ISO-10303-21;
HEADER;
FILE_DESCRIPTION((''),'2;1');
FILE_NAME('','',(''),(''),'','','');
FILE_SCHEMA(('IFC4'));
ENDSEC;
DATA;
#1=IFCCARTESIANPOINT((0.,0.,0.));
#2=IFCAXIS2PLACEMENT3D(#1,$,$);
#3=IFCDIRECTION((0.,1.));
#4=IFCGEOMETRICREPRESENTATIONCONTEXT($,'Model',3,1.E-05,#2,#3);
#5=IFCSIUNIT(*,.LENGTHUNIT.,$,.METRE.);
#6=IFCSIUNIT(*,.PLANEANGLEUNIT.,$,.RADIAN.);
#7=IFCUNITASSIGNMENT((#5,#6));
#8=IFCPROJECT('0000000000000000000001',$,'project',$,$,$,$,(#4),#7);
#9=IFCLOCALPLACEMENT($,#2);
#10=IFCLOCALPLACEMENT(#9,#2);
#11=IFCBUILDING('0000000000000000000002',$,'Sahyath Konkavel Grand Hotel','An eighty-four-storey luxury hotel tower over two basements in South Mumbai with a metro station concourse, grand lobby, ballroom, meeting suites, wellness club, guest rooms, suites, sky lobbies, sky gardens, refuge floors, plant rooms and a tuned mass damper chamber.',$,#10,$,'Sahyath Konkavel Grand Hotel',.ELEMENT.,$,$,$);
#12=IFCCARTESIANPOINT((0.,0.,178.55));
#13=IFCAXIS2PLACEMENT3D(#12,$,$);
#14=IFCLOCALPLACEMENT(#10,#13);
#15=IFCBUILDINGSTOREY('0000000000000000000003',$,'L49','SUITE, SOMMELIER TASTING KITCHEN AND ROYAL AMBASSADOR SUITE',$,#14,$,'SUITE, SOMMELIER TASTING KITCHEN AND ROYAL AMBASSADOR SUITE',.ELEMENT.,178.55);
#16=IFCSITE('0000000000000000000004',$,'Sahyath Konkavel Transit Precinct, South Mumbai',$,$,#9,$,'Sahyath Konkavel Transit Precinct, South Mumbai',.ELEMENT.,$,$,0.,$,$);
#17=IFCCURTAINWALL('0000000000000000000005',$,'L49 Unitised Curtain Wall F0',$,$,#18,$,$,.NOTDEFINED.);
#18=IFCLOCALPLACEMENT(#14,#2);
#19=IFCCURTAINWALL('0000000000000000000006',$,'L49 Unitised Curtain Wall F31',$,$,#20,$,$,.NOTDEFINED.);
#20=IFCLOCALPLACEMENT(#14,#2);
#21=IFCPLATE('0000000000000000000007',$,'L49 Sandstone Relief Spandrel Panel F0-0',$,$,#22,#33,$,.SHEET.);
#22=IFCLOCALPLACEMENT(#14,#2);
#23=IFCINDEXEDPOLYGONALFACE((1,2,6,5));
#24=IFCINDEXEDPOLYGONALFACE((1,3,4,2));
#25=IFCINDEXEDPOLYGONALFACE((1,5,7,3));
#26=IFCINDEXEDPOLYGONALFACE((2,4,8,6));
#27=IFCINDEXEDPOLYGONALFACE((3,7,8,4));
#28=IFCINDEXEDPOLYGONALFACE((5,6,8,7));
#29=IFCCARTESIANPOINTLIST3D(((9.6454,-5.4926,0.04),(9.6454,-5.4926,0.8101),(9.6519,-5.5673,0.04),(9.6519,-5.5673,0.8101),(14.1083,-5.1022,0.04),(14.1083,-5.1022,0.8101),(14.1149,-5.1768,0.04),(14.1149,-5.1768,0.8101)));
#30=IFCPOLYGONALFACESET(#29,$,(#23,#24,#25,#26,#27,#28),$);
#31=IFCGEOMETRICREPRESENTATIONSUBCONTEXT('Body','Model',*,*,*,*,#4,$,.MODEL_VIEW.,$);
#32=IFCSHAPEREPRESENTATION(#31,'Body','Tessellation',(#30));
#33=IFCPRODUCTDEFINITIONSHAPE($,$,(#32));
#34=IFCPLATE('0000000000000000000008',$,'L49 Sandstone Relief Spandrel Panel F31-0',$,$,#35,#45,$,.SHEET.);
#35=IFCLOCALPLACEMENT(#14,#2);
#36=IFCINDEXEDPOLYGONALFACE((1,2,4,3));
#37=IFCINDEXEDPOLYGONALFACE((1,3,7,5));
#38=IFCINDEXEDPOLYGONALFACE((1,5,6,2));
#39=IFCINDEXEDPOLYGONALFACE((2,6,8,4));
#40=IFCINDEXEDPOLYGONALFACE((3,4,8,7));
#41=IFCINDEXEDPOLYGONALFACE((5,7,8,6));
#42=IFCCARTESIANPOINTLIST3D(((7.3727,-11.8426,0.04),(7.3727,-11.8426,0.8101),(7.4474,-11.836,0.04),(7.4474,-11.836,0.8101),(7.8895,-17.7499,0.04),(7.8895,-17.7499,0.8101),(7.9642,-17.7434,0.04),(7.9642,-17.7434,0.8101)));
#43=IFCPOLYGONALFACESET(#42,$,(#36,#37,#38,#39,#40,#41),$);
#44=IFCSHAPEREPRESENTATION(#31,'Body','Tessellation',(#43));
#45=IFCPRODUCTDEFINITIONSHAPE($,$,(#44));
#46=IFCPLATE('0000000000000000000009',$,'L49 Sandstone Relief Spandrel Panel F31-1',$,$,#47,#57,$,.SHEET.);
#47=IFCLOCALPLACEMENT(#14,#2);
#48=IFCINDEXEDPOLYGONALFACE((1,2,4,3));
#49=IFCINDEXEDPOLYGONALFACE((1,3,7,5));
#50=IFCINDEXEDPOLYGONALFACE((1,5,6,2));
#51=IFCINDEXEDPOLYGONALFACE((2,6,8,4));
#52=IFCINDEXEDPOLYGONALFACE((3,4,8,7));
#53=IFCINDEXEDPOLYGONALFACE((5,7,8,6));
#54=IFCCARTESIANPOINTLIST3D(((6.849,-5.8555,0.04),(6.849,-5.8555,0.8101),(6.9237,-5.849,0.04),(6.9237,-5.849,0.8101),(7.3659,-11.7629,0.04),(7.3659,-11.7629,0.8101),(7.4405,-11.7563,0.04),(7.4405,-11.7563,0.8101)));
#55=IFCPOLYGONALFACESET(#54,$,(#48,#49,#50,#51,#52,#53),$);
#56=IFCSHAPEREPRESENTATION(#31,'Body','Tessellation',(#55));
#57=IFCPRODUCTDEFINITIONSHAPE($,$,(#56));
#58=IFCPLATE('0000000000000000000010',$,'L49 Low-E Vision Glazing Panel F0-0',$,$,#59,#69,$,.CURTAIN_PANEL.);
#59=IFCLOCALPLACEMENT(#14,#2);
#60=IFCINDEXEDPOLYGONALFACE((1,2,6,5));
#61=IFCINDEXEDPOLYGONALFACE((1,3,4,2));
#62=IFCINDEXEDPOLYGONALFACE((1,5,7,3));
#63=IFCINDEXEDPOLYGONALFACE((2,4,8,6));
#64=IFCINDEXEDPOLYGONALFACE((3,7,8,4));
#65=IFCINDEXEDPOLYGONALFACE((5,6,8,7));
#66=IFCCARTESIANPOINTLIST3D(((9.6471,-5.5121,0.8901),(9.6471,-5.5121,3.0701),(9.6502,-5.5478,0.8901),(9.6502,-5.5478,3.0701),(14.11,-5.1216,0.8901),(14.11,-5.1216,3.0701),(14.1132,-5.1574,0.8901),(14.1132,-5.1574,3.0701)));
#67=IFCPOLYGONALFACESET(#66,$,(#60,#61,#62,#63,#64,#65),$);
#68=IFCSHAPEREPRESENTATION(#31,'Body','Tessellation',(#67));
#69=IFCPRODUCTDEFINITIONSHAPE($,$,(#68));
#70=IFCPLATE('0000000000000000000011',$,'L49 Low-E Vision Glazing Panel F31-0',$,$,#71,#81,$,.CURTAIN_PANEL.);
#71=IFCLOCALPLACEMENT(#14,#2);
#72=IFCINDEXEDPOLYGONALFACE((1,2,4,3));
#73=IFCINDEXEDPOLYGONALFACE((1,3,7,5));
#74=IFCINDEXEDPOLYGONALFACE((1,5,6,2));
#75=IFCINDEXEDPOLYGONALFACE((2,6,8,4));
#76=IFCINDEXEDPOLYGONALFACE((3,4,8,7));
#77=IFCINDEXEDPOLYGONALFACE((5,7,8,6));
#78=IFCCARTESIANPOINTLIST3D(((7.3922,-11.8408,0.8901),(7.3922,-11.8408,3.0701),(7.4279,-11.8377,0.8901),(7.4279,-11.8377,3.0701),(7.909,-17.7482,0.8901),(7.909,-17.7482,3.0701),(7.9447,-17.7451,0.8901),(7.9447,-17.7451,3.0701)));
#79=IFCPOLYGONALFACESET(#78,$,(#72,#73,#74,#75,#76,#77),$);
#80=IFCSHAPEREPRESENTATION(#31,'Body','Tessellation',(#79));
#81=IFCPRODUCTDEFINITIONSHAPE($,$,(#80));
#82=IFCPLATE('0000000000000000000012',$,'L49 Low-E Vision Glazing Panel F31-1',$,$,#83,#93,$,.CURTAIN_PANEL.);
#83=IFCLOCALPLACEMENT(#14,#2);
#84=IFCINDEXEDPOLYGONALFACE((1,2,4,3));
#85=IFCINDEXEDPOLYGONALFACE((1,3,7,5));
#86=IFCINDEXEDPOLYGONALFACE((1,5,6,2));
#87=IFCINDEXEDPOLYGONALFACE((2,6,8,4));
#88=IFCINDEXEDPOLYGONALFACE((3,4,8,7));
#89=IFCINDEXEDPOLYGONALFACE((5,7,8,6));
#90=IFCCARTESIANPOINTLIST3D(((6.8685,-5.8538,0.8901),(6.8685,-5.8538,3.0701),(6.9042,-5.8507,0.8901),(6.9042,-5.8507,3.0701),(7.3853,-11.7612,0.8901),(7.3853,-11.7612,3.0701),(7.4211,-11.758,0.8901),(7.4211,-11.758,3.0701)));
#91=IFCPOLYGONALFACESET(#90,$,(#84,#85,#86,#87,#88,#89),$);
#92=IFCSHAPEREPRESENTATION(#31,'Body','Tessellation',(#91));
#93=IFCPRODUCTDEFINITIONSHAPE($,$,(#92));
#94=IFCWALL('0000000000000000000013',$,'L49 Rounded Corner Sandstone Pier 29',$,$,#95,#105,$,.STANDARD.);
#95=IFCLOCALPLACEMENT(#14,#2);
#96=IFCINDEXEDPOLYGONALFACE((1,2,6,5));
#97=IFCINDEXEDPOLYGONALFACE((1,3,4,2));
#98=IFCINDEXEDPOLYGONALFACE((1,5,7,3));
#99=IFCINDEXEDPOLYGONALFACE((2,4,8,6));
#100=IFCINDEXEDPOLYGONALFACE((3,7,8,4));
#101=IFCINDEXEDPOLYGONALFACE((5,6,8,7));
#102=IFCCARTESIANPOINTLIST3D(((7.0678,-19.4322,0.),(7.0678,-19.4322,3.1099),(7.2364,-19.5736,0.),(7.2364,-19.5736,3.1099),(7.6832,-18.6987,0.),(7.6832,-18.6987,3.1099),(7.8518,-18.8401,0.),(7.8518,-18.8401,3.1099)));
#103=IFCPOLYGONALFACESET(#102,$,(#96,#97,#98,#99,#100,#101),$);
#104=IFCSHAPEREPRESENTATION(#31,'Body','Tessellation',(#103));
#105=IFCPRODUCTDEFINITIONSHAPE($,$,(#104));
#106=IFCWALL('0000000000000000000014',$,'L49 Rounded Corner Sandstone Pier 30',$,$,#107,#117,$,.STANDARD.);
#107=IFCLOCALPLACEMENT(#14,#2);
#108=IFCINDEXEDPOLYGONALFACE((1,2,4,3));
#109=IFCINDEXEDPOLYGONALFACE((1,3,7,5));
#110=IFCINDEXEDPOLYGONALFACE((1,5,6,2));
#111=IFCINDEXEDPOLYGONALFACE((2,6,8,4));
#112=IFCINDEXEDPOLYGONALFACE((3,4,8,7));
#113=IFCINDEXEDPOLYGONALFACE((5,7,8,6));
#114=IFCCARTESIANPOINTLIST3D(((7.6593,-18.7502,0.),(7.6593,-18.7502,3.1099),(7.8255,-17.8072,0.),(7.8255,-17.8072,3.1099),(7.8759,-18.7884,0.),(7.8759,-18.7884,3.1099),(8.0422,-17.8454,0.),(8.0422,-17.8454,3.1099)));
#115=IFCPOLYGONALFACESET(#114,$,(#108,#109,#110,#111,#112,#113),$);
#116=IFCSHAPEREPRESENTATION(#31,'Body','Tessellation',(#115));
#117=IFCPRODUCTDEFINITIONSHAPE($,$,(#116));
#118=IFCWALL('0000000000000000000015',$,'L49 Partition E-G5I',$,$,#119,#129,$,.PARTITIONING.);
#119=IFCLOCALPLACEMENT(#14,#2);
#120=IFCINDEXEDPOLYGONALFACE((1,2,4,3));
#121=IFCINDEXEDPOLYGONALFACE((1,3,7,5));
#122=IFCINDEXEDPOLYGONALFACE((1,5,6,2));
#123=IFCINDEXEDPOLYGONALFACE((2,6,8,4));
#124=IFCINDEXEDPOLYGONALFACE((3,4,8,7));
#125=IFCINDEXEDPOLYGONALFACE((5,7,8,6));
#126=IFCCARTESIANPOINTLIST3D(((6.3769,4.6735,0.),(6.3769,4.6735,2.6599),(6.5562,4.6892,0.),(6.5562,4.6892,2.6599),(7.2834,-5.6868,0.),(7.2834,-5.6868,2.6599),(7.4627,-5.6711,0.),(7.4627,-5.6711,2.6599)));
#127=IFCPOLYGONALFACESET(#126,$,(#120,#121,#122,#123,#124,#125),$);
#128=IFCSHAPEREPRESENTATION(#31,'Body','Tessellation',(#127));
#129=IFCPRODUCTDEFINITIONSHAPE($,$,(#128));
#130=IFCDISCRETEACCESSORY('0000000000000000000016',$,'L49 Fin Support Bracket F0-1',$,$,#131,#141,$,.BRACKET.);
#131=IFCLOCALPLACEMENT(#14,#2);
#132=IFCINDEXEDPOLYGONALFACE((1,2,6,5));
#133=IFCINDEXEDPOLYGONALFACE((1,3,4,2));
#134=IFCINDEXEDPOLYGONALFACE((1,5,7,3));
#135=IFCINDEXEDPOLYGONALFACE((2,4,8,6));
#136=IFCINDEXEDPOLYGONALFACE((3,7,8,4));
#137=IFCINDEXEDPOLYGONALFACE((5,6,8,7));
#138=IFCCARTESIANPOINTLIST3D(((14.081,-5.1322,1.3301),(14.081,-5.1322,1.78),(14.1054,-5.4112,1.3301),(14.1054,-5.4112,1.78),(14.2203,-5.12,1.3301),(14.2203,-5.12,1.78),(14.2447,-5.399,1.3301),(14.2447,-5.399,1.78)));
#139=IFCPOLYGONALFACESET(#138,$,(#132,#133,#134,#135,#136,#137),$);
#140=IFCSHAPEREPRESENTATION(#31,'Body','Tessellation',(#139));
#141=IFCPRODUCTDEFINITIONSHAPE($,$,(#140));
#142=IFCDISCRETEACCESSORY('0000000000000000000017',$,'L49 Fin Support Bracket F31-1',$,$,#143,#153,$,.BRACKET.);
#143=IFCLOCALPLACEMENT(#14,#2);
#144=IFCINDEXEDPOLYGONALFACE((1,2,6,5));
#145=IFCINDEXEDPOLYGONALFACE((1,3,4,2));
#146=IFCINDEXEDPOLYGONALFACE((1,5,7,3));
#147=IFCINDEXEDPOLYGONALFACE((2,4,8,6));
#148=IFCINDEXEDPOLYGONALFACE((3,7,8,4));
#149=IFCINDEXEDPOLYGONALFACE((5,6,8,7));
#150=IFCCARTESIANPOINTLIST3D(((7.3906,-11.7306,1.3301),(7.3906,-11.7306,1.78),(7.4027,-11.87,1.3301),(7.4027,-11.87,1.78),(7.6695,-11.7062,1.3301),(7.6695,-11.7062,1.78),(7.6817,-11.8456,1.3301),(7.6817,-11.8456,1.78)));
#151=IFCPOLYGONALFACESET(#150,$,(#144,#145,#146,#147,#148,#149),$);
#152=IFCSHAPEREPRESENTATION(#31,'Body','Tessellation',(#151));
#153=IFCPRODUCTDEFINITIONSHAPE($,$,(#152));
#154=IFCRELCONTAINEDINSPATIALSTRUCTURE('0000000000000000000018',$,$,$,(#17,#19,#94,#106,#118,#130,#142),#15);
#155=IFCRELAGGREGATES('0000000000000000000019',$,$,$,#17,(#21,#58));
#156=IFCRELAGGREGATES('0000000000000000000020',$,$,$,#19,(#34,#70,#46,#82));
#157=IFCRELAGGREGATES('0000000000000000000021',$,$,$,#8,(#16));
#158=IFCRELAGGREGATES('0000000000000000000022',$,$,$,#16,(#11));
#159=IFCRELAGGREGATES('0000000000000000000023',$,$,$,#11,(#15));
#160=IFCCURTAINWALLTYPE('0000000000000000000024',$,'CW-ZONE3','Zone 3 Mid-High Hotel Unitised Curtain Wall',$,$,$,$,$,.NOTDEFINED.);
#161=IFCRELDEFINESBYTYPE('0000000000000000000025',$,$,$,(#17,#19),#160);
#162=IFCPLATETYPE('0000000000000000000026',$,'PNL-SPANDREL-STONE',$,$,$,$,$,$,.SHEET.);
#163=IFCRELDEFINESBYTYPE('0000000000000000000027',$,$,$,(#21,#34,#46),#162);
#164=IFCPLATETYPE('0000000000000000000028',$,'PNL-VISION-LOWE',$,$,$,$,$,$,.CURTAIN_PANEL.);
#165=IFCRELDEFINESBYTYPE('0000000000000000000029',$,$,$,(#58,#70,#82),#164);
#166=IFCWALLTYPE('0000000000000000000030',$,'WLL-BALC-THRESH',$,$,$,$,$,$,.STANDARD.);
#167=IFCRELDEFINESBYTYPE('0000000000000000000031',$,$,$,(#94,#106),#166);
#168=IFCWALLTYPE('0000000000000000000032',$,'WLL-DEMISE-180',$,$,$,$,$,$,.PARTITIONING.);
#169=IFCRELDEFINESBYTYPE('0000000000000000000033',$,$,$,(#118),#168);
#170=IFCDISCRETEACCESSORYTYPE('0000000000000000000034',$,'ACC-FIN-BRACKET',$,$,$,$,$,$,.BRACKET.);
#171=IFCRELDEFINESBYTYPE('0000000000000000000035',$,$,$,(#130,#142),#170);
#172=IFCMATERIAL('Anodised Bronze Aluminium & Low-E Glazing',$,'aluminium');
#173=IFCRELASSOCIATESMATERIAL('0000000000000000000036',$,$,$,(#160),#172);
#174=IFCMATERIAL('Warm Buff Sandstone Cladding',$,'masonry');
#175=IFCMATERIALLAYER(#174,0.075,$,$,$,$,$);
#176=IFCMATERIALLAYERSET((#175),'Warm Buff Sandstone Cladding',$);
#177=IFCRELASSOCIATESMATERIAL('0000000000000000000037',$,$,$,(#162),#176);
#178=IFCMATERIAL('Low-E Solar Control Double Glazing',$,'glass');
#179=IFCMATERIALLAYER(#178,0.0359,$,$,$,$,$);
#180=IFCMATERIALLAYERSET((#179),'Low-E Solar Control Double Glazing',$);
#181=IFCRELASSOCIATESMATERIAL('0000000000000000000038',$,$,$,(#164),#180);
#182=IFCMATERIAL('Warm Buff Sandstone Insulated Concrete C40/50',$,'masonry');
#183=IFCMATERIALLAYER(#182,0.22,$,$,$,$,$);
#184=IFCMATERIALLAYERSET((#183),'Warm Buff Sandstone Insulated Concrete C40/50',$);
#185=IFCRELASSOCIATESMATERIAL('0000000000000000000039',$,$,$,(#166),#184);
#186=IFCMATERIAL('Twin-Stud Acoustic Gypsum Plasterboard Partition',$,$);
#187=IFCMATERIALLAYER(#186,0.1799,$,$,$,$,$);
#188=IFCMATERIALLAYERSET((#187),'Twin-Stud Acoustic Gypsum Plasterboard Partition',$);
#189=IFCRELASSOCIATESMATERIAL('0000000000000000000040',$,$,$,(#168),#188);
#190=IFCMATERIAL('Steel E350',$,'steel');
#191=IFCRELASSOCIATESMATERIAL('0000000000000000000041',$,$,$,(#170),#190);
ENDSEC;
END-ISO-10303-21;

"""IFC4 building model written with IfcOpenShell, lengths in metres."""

from ifc_helpers import new_model, si_unit, direction, frame, frame_2d, origin, origin_2d, place, context, subcontext, project, spatial, rectangle, extrude, source, transform, mapped, material, layer, layer_set, type_object, element, aggregate, save


model = new_model("IFC4")

# Units and contexts
model_context = context("Model", 3, precision=1e-05, world=origin(), true_north=direction((0.0, 1.0)))
body_context = subcontext(model_context, "Body", "Model", "MODEL_VIEW")
ifc_project = project(units=[si_unit("LENGTHUNIT", "METRE"), si_unit("PLANEANGLEUNIT", "RADIAN")], contexts=[model_context])

# Site, building, storey
site_placement = place(None, origin())
site = spatial("IfcSite", under=ifc_project, at=site_placement, Name="Sahyath Konkavel Transit Precinct, South Mumbai", LongName="Sahyath Konkavel Transit Precinct, South Mumbai", CompositionType="ELEMENT", RefElevation=0.0)
building_placement = place(site_placement, origin())
building = spatial("IfcBuilding", under=site, at=building_placement, Name="Sahyath Konkavel Grand Hotel", Description="An eighty-four-storey luxury hotel tower over two basements in South Mumbai with a metro station concourse, grand lobby, ballroom, meeting suites, wellness club, guest rooms, suites, sky lobbies, sky gardens, refuge floors, plant rooms and a tuned mass damper chamber.", LongName="Sahyath Konkavel Grand Hotel", CompositionType="ELEMENT")
storey_placement = place(building_placement, frame((0.0, 0.0, 178.55)))
storey = spatial("IfcBuildingStorey", under=building, at=storey_placement, Name="L49", Description="SUITE, SOMMELIER TASTING KITCHEN AND ROYAL AMBASSADOR SUITE", LongName="SUITE, SOMMELIER TASTING KITCHEN AND ROYAL AMBASSADOR SUITE", CompositionType="ELEMENT", Elevation=178.55)

# Curtain wall
ifc_material_1 = material(Name="Anodised Bronze Aluminium & Low-E Glazing", Category="aluminium")
curtain_wall_type = type_object("IfcCurtainWallType", Name="CW-ZONE3", Description="Zone 3 Mid-High Hotel Unitised Curtain Wall", PredefinedType="NOTDEFINED", material=ifc_material_1)
curtain_wall_1_placement = place(storey_placement, origin())
curtain_wall_1 = element("IfcCurtainWall", 1, at=curtain_wall_1_placement, inside=storey, type_object=curtain_wall_type, Name="L49 Unitised Curtain Wall F0", PredefinedType="NOTDEFINED")

# Curtain wall
curtain_wall_2_placement = place(storey_placement, origin())
curtain_wall_2 = element("IfcCurtainWall", 2, at=curtain_wall_2_placement, inside=storey, type_object=curtain_wall_type, Name="L49 Unitised Curtain Wall F31", PredefinedType="NOTDEFINED")

# Plates
ifc_material_2 = material(Name="Warm Buff Sandstone Cladding", Category="masonry")
ifc_layer_1 = layer(ifc_material_2, 0.075)
ifc_layer_set_1 = layer_set([ifc_layer_1], Name="Warm Buff Sandstone Cladding")
plate_type_1 = type_object("IfcPlateType", Name="PNL-SPANDREL-STONE", PredefinedType="SHEET", material=ifc_layer_set_1)
shared_shape_1 = source(origin(), body_context, "Body", "SweptSolid", [
    extrude(rectangle(XDim=4.48, YDim=0.075, at=origin_2d()), origin(), (0.0, 0.0, 1.0), 0.77),
])
plate_1_placement = place(storey_placement, frame((11.8801, -5.3347, 0.04), z_axis=(0.0, 0.0, 1.0), x_axis=(0.996195, 0.087156, 0.0)))
plate_1 = element("IfcPlate", 3, at=plate_1_placement, type_object=plate_type_1, Name="L49 Sandstone Relief Spandrel Panel F0-0", PredefinedType="SHEET", context=body_context, shape_type="MappedRepresentation", body=[
    mapped(shared_shape_1, transform((0.0, 0.0, 0.0), scale=1.0)),
])
shared_shape_2 = source(origin(), body_context, "Body", "SweptSolid", [
    extrude(rectangle(XDim=5.9299, YDim=0.075, at=origin_2d()), origin(), (0.0, 0.0, 1.0), 0.77),
])
plate_2_placement = place(storey_placement, frame((7.6685, -14.793, 0.04), z_axis=(0.0, 0.0, 1.0), x_axis=(-0.087156, 0.996195, 0.0)))
plate_2 = element("IfcPlate", 4, at=plate_2_placement, type_object=plate_type_1, Name="L49 Sandstone Relief Spandrel Panel F31-0", PredefinedType="SHEET", context=body_context, shape_type="MappedRepresentation", body=[
    mapped(shared_shape_2, transform((0.0, 0.0, 0.0), scale=1.0)),
])
plate_3_placement = place(storey_placement, frame((7.1448, -8.8059, 0.04), z_axis=(0.0, 0.0, 1.0), x_axis=(-0.087156, 0.996195, 0.0)))
plate_3 = element("IfcPlate", 5, at=plate_3_placement, type_object=plate_type_1, Name="L49 Sandstone Relief Spandrel Panel F31-1", PredefinedType="SHEET", context=body_context, shape_type="MappedRepresentation", body=[
    mapped(shared_shape_2, transform((0.0, 0.0, 0.0), scale=1.0)),
])
ifc_material_3 = material(Name="Low-E Solar Control Double Glazing", Category="glass")
ifc_layer_2 = layer(ifc_material_3, 0.0359)
ifc_layer_set_2 = layer_set([ifc_layer_2], Name="Low-E Solar Control Double Glazing")
plate_type_2 = type_object("IfcPlateType", Name="PNL-VISION-LOWE", PredefinedType="CURTAIN_PANEL", material=ifc_layer_set_2)
shared_shape_3 = source(origin(), body_context, "Body", "SweptSolid", [
    extrude(rectangle(XDim=4.48, YDim=0.0359, at=origin_2d()), origin(), (0.0, 0.0, 1.0), 2.1799),
])
plate_4_placement = place(storey_placement, frame((11.8801, -5.3347, 0.8901), z_axis=(0.0, 0.0, 1.0), x_axis=(0.996195, 0.087156, 0.0)))
plate_4 = element("IfcPlate", 6, at=plate_4_placement, type_object=plate_type_2, Name="L49 Low-E Vision Glazing Panel F0-0", PredefinedType="CURTAIN_PANEL", context=body_context, shape_type="MappedRepresentation", body=[
    mapped(shared_shape_3, transform((0.0, 0.0, 0.0), scale=1.0)),
])
aggregate(curtain_wall_1, [plate_1, plate_4])
shared_shape_4 = source(origin(), body_context, "Body", "SweptSolid", [
    extrude(rectangle(XDim=5.9299, YDim=0.0359, at=origin_2d()), origin(), (0.0, 0.0, 1.0), 2.1799),
])
plate_5_placement = place(storey_placement, frame((7.6685, -14.793, 0.8901), z_axis=(0.0, 0.0, 1.0), x_axis=(-0.087156, 0.996195, 0.0)))
plate_5 = element("IfcPlate", 7, at=plate_5_placement, type_object=plate_type_2, Name="L49 Low-E Vision Glazing Panel F31-0", PredefinedType="CURTAIN_PANEL", context=body_context, shape_type="MappedRepresentation", body=[
    mapped(shared_shape_4, transform((0.0, 0.0, 0.0), scale=1.0)),
])
plate_6_placement = place(storey_placement, frame((7.1448, -8.8059, 0.8901), z_axis=(0.0, 0.0, 1.0), x_axis=(-0.087156, 0.996195, 0.0)))
plate_6 = element("IfcPlate", 8, at=plate_6_placement, type_object=plate_type_2, Name="L49 Low-E Vision Glazing Panel F31-1", PredefinedType="CURTAIN_PANEL", context=body_context, shape_type="MappedRepresentation", body=[
    mapped(shared_shape_4, transform((0.0, 0.0, 0.0), scale=1.0)),
])
aggregate(curtain_wall_2, [plate_2, plate_5, plate_3, plate_6])

# Walls
ifc_material_4 = material(Name="Warm Buff Sandstone Insulated Concrete C40/50", Category="masonry")
ifc_layer_3 = layer(ifc_material_4, 0.22)
ifc_layer_set_3 = layer_set([ifc_layer_3], Name="Warm Buff Sandstone Insulated Concrete C40/50")
wall_type_1 = type_object("IfcWallType", Name="WLL-BALC-THRESH", PredefinedType="STANDARD", material=ifc_layer_set_3)
for number, where, z_axis, x_axis, name in (
    (9, (7.1521, -19.5029, 0.0), (0.0, 0.0, 1.0), (0.642714, 0.766107, 0.0), "L49 Rounded Corner Sandstone Pier 29"),
    (10, (7.7676, -18.7693, 0.0), (0.0, 0.0, 1.0), (0.173654, 0.984807, 0.0), "L49 Rounded Corner Sandstone Pier 30"),
):
    element("IfcWall", number, at=place(storey_placement, frame(where, z_axis=z_axis, x_axis=x_axis)), inside=storey, type_object=wall_type_1, Name=name, PredefinedType="STANDARD", context=body_context, shape_type="SweptSolid", body=[
        extrude(rectangle(XDim=0.9575, YDim=0.22, at=frame_2d((0.4788, 0.0))), origin(), (0.0, 0.0, 1.0), 3.1099),
    ])
ifc_material_5 = material(Name="Twin-Stud Acoustic Gypsum Plasterboard Partition")
ifc_layer_4 = layer(ifc_material_5, 0.1799)
ifc_layer_set_4 = layer_set([ifc_layer_4], Name="Twin-Stud Acoustic Gypsum Plasterboard Partition")
wall_type_2 = type_object("IfcWallType", Name="WLL-DEMISE-180", PredefinedType="PARTITIONING", material=ifc_layer_set_4)
wall_placement = place(storey_placement, frame((7.373, -5.679, 0.0), z_axis=(0.0, 0.0, 1.0), x_axis=(-0.087163, 0.996194, 0.0)))
element("IfcWall", 11, at=wall_placement, inside=storey, type_object=wall_type_2, Name="L49 Partition E-G5I", PredefinedType="PARTITIONING", context=body_context, shape_type="SweptSolid", body=[
    extrude(rectangle(XDim=10.3999, YDim=0.1799, at=frame_2d((5.2, 0.0))), origin(), (0.0, 0.0, 1.0), 2.6599),
])

# Discrete accessories
ifc_material_6 = material(Name="Steel E350", Category="steel")
discrete_accessory_type = type_object("IfcDiscreteAccessoryType", Name="ACC-FIN-BRACKET", PredefinedType="BRACKET", material=ifc_material_6)
shared_shape_5 = source(origin(), body_context, "Body", "SweptSolid", [
    extrude(rectangle(XDim=0.28, YDim=0.1399, at=origin_2d()), origin(), (0.0, 0.0, 1.0), 0.45),
])
for number, where, z_axis, x_axis, name in (
    (12, (14.1628, -5.2656, 1.3301), (0.0, 0.0, 1.0), (0.087156, -0.996195, 0.0), "L49 Fin Support Bracket F0-1"),
    (13, (7.5361, -11.7881, 1.3301), (0.0, 0.0, 1.0), (0.996195, 0.087156, 0.0), "L49 Fin Support Bracket F31-1"),
):
    element("IfcDiscreteAccessory", number, at=place(storey_placement, frame(where, z_axis=z_axis, x_axis=x_axis)), inside=storey, type_object=discrete_accessory_type, Name=name, PredefinedType="BRACKET", context=body_context, shape_type="MappedRepresentation", body=[
        mapped(shared_shape_5, transform((0.0, 0.0, 0.0), scale=1.0)),
    ])

save(model, "model.ifc")
